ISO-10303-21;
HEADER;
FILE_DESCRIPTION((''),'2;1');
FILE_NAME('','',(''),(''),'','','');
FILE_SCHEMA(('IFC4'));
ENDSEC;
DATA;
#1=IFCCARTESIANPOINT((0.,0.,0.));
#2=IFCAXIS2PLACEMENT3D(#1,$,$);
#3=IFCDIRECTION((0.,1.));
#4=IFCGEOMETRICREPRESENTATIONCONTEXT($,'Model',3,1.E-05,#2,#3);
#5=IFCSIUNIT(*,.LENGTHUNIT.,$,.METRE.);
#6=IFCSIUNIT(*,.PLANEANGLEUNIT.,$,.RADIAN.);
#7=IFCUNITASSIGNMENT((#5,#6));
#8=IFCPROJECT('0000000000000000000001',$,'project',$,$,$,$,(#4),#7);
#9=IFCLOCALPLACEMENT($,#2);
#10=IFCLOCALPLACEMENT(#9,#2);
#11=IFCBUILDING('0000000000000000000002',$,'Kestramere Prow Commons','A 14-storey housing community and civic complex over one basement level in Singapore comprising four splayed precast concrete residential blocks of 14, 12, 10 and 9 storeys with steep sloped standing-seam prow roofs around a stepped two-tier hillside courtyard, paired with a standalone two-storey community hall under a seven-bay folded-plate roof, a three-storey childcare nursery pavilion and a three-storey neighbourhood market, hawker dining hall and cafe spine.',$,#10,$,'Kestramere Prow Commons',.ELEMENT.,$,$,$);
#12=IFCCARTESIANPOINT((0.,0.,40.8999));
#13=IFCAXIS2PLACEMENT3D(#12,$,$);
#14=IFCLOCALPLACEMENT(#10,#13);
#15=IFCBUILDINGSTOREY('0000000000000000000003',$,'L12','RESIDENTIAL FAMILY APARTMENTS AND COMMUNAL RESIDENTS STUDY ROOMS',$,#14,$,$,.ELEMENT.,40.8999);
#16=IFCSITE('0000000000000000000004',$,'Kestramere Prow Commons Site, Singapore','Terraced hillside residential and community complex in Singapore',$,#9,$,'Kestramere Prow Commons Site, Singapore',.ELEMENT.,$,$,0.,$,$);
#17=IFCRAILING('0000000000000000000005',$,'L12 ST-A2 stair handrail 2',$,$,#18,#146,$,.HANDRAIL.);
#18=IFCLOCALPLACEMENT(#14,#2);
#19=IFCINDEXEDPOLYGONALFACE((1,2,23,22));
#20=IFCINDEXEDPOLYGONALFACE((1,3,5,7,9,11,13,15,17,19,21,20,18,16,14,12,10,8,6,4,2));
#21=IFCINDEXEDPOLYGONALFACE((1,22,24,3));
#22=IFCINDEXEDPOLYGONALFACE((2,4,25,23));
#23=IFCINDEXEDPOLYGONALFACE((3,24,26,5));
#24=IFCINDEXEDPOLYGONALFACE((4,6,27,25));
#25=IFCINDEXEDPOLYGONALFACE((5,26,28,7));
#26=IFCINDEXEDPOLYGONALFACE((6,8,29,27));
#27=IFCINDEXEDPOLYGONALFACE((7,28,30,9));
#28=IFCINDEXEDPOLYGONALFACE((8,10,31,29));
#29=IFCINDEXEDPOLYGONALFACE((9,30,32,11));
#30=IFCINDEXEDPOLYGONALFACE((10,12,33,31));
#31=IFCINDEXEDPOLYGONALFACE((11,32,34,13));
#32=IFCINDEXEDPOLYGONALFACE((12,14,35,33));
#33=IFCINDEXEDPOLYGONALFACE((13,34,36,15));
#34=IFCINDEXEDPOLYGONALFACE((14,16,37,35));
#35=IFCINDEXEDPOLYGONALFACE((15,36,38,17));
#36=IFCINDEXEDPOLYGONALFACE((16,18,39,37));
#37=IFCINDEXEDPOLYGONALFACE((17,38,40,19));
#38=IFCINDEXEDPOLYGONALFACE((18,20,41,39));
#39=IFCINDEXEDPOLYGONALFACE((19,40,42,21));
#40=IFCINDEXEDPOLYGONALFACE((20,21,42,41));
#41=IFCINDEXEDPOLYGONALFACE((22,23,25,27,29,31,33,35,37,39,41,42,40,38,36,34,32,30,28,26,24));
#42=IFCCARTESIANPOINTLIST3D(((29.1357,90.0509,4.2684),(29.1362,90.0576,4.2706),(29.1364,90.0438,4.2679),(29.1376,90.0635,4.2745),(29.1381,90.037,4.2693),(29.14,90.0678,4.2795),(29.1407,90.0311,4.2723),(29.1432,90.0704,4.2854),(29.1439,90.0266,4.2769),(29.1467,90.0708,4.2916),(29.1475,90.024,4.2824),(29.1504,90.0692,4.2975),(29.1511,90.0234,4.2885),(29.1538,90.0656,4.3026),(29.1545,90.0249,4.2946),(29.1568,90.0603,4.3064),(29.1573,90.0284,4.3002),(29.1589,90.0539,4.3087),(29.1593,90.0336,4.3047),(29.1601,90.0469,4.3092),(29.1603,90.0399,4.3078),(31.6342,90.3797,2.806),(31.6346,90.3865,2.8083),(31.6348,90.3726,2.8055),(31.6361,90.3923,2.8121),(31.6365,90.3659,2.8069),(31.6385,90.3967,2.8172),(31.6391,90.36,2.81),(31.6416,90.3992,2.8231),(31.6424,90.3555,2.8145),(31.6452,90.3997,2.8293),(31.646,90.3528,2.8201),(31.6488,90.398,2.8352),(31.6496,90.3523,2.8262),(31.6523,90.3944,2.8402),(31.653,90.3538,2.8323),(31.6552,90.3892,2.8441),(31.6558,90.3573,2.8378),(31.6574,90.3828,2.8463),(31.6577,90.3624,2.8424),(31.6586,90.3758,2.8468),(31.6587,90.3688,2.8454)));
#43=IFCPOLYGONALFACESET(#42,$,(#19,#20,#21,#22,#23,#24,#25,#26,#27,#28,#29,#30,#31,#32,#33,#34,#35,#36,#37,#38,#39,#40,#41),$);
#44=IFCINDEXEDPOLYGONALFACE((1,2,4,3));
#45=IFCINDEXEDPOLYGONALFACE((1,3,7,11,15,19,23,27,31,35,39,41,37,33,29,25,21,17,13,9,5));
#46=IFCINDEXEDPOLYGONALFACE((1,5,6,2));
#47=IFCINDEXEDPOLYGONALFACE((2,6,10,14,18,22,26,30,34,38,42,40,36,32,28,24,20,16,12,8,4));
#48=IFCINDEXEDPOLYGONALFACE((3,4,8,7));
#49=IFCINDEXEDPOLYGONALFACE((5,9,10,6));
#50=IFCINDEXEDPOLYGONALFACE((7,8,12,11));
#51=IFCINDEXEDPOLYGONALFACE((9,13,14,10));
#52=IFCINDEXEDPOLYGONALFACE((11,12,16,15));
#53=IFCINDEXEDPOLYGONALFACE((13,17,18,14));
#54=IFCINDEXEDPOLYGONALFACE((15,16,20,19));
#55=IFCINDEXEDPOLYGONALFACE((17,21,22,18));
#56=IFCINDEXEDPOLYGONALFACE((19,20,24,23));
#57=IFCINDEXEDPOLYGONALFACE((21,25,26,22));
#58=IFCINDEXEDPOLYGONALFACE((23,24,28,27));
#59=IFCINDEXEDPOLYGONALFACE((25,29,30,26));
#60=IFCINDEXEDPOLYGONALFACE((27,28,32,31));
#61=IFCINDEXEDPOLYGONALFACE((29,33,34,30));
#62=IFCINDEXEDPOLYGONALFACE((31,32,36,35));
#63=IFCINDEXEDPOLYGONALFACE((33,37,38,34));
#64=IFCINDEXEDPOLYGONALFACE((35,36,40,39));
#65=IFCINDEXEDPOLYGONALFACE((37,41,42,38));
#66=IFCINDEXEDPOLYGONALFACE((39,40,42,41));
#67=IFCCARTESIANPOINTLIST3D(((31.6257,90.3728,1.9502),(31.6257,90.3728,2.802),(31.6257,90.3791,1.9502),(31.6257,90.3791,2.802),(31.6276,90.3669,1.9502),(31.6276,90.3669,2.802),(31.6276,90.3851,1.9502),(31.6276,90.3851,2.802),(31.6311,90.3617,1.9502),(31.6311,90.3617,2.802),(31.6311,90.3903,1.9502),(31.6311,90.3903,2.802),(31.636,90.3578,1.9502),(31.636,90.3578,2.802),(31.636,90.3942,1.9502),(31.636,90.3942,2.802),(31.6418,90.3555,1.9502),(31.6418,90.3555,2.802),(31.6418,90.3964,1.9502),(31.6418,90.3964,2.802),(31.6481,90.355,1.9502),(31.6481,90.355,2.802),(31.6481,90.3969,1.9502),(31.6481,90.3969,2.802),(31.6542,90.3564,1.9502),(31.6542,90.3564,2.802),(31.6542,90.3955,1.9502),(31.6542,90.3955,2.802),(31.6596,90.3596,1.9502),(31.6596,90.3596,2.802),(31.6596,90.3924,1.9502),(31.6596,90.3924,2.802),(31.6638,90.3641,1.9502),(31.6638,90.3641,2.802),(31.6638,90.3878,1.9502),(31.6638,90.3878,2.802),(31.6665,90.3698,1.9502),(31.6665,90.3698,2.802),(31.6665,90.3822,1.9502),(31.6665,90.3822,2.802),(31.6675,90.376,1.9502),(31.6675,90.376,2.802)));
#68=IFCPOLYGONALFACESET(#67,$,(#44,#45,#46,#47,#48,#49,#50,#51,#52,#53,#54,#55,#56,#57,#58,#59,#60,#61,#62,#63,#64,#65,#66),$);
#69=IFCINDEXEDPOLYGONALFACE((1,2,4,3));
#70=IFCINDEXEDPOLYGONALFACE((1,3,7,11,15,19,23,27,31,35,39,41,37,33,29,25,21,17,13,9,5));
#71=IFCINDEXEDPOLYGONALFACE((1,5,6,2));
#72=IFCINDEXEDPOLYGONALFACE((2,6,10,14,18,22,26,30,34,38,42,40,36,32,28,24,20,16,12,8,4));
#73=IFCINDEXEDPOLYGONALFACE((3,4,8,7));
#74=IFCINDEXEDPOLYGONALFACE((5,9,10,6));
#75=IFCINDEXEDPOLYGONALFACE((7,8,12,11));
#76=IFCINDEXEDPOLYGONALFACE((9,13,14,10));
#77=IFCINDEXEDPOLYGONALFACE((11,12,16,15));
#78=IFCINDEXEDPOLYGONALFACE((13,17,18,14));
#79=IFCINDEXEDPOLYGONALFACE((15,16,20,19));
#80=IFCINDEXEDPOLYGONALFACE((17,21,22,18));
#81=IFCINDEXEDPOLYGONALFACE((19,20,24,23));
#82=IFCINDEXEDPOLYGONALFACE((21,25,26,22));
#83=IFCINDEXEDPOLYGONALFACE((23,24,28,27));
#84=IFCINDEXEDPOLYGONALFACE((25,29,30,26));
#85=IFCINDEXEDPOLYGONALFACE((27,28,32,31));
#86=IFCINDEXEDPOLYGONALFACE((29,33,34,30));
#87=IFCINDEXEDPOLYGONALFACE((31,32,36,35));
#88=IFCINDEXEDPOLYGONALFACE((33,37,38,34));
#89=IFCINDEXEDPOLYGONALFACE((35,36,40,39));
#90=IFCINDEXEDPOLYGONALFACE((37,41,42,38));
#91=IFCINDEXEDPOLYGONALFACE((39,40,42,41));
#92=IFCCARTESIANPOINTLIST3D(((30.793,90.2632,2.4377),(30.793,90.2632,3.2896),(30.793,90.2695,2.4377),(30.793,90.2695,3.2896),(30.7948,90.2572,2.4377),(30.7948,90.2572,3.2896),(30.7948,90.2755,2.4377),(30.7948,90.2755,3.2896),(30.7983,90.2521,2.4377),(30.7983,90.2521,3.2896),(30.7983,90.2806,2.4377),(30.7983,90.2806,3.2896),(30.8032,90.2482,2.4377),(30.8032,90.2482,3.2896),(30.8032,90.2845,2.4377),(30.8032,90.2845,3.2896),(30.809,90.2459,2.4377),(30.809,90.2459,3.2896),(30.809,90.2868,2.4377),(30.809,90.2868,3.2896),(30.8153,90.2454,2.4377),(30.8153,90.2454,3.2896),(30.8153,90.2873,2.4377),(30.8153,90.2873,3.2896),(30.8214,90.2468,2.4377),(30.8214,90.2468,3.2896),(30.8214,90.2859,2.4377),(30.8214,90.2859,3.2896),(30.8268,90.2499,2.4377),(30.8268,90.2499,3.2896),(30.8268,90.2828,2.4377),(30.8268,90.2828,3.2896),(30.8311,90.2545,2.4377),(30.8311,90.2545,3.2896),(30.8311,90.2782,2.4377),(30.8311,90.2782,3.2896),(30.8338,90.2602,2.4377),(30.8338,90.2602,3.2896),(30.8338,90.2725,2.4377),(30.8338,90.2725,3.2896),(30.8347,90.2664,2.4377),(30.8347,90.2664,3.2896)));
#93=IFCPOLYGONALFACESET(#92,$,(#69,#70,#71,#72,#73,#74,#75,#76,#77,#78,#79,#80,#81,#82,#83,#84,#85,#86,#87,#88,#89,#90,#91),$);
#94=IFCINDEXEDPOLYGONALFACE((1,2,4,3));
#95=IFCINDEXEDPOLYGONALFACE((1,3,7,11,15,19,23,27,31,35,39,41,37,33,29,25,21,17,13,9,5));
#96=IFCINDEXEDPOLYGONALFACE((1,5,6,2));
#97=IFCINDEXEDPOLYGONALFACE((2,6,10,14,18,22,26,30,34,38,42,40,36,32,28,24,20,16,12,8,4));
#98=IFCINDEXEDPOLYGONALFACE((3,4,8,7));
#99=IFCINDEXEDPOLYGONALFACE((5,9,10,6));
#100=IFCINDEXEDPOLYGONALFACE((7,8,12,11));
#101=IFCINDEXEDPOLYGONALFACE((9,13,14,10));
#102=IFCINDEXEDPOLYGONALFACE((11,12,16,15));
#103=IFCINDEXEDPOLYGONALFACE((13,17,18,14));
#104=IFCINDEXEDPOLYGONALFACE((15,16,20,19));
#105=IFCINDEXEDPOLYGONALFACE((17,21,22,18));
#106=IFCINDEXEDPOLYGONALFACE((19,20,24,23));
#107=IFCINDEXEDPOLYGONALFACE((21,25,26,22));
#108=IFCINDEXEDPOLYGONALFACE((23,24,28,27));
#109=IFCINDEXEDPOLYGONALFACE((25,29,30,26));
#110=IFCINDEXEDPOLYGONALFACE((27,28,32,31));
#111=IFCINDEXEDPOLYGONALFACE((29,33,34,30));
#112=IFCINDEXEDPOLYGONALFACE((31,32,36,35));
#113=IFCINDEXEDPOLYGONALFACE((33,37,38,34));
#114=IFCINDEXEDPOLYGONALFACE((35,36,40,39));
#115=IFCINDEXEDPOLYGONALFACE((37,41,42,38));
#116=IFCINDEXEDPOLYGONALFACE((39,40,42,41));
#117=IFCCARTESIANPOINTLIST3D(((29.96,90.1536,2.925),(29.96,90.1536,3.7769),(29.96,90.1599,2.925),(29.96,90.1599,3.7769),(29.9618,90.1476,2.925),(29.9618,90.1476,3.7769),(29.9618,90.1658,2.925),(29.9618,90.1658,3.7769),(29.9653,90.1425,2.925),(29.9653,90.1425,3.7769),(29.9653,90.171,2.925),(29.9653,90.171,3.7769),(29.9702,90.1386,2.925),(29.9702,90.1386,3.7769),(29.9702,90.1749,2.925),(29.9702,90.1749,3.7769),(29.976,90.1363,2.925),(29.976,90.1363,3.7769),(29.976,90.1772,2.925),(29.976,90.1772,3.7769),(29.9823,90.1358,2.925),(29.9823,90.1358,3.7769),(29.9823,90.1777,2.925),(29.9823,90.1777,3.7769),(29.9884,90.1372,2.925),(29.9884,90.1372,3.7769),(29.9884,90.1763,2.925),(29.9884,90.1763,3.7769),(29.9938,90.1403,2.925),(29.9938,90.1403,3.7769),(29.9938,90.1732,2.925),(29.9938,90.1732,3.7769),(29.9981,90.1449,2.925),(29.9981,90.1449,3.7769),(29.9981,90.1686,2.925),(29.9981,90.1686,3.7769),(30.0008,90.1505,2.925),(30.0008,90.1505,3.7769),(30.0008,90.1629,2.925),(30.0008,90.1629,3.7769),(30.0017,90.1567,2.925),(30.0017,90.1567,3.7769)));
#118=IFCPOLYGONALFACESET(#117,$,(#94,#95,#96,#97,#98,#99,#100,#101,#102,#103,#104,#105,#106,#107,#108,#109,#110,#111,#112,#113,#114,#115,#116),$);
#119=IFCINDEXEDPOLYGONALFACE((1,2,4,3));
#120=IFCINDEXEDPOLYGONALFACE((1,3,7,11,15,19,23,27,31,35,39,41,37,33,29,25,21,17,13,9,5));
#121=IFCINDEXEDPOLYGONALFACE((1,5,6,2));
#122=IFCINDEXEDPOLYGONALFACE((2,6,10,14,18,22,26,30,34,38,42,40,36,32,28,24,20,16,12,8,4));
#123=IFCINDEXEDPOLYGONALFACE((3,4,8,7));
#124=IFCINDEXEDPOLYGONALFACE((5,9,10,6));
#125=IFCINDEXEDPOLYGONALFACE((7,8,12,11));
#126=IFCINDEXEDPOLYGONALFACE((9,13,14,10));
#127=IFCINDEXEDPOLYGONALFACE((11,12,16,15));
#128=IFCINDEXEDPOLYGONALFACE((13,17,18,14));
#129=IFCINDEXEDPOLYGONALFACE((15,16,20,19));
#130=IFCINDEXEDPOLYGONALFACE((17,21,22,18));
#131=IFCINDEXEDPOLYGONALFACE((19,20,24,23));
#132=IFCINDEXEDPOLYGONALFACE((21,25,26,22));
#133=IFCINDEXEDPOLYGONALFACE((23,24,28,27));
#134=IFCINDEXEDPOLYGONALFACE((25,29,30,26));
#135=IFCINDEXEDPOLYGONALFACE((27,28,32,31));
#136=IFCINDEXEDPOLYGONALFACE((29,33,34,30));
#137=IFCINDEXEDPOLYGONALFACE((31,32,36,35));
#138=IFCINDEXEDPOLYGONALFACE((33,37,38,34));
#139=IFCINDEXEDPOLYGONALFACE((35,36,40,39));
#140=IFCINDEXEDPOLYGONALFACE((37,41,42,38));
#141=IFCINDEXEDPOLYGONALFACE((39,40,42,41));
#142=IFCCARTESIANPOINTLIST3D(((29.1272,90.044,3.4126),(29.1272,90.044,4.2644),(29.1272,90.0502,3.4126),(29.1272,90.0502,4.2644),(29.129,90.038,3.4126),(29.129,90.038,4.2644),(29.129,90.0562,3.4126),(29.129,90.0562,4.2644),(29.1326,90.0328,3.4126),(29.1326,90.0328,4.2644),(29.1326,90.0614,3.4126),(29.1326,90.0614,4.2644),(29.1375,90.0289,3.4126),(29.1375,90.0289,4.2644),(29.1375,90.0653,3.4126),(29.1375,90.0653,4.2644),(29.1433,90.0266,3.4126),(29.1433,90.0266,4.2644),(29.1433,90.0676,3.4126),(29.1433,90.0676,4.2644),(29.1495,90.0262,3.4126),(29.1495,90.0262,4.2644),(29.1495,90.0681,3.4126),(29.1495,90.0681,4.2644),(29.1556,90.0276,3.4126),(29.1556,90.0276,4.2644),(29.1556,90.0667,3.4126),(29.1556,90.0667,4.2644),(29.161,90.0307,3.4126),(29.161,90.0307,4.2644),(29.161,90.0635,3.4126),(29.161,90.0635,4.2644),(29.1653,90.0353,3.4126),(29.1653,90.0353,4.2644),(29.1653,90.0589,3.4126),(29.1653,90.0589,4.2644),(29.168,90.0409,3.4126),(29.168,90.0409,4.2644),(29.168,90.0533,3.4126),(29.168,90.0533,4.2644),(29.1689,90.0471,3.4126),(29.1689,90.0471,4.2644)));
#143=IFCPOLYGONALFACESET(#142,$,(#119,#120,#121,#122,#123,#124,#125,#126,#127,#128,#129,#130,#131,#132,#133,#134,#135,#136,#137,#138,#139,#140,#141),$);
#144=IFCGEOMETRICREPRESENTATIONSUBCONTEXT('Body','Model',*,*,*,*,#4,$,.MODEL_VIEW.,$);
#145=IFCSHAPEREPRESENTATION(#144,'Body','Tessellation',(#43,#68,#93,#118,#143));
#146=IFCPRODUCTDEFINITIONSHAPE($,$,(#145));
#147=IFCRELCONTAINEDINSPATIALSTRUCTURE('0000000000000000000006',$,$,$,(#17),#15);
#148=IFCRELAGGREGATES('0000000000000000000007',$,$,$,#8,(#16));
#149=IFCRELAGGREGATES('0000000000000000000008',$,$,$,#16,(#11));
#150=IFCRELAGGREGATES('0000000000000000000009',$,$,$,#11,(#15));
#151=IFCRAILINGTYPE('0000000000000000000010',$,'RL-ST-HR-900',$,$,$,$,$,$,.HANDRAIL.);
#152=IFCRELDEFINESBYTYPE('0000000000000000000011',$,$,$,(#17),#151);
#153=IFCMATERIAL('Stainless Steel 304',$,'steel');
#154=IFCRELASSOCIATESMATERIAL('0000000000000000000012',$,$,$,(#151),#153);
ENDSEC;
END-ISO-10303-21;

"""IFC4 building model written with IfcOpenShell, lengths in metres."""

from ifc_helpers import new_model, si_unit, direction, frame, origin, origin_2d, place, context, subcontext, project, spatial, circle, extrude, material, type_object, element, save


model = new_model("IFC4")

# Units and contexts
model_context = context("Model", 3, precision=1e-05, world=origin(), true_north=direction((0.0, 1.0)))
body_context = subcontext(model_context, "Body", "Model", "MODEL_VIEW")
ifc_project = project(units=[si_unit("LENGTHUNIT", "METRE"), si_unit("PLANEANGLEUNIT", "RADIAN")], contexts=[model_context])

# Site, building, storey
site_placement = place(None, origin())
site = spatial("IfcSite", under=ifc_project, at=site_placement, Name="Kestramere Prow Commons Site, Singapore", Description="Terraced hillside residential and community complex in Singapore", LongName="Kestramere Prow Commons Site, Singapore", CompositionType="ELEMENT", RefElevation=0.0)
building_placement = place(site_placement, origin())
building = spatial("IfcBuilding", under=site, at=building_placement, Name="Kestramere Prow Commons", Description="A 14-storey housing community and civic complex over one basement level in Singapore comprising four splayed precast concrete residential blocks of 14, 12, 10 and 9 storeys with steep sloped standing-seam prow roofs around a stepped two-tier hillside courtyard, paired with a standalone two-storey community hall under a seven-bay folded-plate roof, a three-storey childcare nursery pavilion and a three-storey neighbourhood market, hawker dining hall and cafe spine.", LongName="Kestramere Prow Commons", CompositionType="ELEMENT")
storey_placement = place(building_placement, frame((0.0, 0.0, 40.8999)))
storey = spatial("IfcBuildingStorey", under=building, at=storey_placement, Name="L12", Description="RESIDENTIAL FAMILY APARTMENTS AND COMMUNAL RESIDENTS STUDY ROOMS", CompositionType="ELEMENT", Elevation=40.8999)

# Railing
ifc_material_1 = material(Name="Stainless Steel 304", Category="steel")
railing_type_1 = type_object("IfcRailingType", Name="RL-ST-HR-900", PredefinedType="HANDRAIL", material=ifc_material_1)
railing_1_placement = place(storey_placement, frame((31.6465, 90.376, 1.9502)))
element("IfcRailing", 1, at=railing_1_placement, inside=storey, type_object=railing_type_1, Name="L12 ST-A2 stair handrail 2", PredefinedType="HANDRAIL", context=body_context, shape_type="SweptSolid", body=[
    extrude(circle(Radius=0.0239, at=origin_2d()), frame((0.0, 0.0, 0.876), z_axis=(-0.857523, -0.112867, 0.501912), x_axis=(0.130495, -0.991449, 0.0)), (0.0, 0.0, 1.0), 2.9136),
    extrude(circle(Radius=0.021, at=origin_2d()), origin(), (0.0, 0.0, 1.0), 0.8518),
    extrude(circle(Radius=0.021, at=origin_2d()), frame((-0.8328, -0.1096, 0.4875)), (0.0, 0.0, 1.0), 0.8518),
    extrude(circle(Radius=0.021, at=origin_2d()), frame((-1.6658, -0.2192, 0.9749)), (0.0, 0.0, 1.0), 0.8518),
    extrude(circle(Radius=0.021, at=origin_2d()), frame((-2.4985, -0.3289, 1.4624)), (0.0, 0.0, 1.0), 0.8518),
])

save(model, "model.ifc")
